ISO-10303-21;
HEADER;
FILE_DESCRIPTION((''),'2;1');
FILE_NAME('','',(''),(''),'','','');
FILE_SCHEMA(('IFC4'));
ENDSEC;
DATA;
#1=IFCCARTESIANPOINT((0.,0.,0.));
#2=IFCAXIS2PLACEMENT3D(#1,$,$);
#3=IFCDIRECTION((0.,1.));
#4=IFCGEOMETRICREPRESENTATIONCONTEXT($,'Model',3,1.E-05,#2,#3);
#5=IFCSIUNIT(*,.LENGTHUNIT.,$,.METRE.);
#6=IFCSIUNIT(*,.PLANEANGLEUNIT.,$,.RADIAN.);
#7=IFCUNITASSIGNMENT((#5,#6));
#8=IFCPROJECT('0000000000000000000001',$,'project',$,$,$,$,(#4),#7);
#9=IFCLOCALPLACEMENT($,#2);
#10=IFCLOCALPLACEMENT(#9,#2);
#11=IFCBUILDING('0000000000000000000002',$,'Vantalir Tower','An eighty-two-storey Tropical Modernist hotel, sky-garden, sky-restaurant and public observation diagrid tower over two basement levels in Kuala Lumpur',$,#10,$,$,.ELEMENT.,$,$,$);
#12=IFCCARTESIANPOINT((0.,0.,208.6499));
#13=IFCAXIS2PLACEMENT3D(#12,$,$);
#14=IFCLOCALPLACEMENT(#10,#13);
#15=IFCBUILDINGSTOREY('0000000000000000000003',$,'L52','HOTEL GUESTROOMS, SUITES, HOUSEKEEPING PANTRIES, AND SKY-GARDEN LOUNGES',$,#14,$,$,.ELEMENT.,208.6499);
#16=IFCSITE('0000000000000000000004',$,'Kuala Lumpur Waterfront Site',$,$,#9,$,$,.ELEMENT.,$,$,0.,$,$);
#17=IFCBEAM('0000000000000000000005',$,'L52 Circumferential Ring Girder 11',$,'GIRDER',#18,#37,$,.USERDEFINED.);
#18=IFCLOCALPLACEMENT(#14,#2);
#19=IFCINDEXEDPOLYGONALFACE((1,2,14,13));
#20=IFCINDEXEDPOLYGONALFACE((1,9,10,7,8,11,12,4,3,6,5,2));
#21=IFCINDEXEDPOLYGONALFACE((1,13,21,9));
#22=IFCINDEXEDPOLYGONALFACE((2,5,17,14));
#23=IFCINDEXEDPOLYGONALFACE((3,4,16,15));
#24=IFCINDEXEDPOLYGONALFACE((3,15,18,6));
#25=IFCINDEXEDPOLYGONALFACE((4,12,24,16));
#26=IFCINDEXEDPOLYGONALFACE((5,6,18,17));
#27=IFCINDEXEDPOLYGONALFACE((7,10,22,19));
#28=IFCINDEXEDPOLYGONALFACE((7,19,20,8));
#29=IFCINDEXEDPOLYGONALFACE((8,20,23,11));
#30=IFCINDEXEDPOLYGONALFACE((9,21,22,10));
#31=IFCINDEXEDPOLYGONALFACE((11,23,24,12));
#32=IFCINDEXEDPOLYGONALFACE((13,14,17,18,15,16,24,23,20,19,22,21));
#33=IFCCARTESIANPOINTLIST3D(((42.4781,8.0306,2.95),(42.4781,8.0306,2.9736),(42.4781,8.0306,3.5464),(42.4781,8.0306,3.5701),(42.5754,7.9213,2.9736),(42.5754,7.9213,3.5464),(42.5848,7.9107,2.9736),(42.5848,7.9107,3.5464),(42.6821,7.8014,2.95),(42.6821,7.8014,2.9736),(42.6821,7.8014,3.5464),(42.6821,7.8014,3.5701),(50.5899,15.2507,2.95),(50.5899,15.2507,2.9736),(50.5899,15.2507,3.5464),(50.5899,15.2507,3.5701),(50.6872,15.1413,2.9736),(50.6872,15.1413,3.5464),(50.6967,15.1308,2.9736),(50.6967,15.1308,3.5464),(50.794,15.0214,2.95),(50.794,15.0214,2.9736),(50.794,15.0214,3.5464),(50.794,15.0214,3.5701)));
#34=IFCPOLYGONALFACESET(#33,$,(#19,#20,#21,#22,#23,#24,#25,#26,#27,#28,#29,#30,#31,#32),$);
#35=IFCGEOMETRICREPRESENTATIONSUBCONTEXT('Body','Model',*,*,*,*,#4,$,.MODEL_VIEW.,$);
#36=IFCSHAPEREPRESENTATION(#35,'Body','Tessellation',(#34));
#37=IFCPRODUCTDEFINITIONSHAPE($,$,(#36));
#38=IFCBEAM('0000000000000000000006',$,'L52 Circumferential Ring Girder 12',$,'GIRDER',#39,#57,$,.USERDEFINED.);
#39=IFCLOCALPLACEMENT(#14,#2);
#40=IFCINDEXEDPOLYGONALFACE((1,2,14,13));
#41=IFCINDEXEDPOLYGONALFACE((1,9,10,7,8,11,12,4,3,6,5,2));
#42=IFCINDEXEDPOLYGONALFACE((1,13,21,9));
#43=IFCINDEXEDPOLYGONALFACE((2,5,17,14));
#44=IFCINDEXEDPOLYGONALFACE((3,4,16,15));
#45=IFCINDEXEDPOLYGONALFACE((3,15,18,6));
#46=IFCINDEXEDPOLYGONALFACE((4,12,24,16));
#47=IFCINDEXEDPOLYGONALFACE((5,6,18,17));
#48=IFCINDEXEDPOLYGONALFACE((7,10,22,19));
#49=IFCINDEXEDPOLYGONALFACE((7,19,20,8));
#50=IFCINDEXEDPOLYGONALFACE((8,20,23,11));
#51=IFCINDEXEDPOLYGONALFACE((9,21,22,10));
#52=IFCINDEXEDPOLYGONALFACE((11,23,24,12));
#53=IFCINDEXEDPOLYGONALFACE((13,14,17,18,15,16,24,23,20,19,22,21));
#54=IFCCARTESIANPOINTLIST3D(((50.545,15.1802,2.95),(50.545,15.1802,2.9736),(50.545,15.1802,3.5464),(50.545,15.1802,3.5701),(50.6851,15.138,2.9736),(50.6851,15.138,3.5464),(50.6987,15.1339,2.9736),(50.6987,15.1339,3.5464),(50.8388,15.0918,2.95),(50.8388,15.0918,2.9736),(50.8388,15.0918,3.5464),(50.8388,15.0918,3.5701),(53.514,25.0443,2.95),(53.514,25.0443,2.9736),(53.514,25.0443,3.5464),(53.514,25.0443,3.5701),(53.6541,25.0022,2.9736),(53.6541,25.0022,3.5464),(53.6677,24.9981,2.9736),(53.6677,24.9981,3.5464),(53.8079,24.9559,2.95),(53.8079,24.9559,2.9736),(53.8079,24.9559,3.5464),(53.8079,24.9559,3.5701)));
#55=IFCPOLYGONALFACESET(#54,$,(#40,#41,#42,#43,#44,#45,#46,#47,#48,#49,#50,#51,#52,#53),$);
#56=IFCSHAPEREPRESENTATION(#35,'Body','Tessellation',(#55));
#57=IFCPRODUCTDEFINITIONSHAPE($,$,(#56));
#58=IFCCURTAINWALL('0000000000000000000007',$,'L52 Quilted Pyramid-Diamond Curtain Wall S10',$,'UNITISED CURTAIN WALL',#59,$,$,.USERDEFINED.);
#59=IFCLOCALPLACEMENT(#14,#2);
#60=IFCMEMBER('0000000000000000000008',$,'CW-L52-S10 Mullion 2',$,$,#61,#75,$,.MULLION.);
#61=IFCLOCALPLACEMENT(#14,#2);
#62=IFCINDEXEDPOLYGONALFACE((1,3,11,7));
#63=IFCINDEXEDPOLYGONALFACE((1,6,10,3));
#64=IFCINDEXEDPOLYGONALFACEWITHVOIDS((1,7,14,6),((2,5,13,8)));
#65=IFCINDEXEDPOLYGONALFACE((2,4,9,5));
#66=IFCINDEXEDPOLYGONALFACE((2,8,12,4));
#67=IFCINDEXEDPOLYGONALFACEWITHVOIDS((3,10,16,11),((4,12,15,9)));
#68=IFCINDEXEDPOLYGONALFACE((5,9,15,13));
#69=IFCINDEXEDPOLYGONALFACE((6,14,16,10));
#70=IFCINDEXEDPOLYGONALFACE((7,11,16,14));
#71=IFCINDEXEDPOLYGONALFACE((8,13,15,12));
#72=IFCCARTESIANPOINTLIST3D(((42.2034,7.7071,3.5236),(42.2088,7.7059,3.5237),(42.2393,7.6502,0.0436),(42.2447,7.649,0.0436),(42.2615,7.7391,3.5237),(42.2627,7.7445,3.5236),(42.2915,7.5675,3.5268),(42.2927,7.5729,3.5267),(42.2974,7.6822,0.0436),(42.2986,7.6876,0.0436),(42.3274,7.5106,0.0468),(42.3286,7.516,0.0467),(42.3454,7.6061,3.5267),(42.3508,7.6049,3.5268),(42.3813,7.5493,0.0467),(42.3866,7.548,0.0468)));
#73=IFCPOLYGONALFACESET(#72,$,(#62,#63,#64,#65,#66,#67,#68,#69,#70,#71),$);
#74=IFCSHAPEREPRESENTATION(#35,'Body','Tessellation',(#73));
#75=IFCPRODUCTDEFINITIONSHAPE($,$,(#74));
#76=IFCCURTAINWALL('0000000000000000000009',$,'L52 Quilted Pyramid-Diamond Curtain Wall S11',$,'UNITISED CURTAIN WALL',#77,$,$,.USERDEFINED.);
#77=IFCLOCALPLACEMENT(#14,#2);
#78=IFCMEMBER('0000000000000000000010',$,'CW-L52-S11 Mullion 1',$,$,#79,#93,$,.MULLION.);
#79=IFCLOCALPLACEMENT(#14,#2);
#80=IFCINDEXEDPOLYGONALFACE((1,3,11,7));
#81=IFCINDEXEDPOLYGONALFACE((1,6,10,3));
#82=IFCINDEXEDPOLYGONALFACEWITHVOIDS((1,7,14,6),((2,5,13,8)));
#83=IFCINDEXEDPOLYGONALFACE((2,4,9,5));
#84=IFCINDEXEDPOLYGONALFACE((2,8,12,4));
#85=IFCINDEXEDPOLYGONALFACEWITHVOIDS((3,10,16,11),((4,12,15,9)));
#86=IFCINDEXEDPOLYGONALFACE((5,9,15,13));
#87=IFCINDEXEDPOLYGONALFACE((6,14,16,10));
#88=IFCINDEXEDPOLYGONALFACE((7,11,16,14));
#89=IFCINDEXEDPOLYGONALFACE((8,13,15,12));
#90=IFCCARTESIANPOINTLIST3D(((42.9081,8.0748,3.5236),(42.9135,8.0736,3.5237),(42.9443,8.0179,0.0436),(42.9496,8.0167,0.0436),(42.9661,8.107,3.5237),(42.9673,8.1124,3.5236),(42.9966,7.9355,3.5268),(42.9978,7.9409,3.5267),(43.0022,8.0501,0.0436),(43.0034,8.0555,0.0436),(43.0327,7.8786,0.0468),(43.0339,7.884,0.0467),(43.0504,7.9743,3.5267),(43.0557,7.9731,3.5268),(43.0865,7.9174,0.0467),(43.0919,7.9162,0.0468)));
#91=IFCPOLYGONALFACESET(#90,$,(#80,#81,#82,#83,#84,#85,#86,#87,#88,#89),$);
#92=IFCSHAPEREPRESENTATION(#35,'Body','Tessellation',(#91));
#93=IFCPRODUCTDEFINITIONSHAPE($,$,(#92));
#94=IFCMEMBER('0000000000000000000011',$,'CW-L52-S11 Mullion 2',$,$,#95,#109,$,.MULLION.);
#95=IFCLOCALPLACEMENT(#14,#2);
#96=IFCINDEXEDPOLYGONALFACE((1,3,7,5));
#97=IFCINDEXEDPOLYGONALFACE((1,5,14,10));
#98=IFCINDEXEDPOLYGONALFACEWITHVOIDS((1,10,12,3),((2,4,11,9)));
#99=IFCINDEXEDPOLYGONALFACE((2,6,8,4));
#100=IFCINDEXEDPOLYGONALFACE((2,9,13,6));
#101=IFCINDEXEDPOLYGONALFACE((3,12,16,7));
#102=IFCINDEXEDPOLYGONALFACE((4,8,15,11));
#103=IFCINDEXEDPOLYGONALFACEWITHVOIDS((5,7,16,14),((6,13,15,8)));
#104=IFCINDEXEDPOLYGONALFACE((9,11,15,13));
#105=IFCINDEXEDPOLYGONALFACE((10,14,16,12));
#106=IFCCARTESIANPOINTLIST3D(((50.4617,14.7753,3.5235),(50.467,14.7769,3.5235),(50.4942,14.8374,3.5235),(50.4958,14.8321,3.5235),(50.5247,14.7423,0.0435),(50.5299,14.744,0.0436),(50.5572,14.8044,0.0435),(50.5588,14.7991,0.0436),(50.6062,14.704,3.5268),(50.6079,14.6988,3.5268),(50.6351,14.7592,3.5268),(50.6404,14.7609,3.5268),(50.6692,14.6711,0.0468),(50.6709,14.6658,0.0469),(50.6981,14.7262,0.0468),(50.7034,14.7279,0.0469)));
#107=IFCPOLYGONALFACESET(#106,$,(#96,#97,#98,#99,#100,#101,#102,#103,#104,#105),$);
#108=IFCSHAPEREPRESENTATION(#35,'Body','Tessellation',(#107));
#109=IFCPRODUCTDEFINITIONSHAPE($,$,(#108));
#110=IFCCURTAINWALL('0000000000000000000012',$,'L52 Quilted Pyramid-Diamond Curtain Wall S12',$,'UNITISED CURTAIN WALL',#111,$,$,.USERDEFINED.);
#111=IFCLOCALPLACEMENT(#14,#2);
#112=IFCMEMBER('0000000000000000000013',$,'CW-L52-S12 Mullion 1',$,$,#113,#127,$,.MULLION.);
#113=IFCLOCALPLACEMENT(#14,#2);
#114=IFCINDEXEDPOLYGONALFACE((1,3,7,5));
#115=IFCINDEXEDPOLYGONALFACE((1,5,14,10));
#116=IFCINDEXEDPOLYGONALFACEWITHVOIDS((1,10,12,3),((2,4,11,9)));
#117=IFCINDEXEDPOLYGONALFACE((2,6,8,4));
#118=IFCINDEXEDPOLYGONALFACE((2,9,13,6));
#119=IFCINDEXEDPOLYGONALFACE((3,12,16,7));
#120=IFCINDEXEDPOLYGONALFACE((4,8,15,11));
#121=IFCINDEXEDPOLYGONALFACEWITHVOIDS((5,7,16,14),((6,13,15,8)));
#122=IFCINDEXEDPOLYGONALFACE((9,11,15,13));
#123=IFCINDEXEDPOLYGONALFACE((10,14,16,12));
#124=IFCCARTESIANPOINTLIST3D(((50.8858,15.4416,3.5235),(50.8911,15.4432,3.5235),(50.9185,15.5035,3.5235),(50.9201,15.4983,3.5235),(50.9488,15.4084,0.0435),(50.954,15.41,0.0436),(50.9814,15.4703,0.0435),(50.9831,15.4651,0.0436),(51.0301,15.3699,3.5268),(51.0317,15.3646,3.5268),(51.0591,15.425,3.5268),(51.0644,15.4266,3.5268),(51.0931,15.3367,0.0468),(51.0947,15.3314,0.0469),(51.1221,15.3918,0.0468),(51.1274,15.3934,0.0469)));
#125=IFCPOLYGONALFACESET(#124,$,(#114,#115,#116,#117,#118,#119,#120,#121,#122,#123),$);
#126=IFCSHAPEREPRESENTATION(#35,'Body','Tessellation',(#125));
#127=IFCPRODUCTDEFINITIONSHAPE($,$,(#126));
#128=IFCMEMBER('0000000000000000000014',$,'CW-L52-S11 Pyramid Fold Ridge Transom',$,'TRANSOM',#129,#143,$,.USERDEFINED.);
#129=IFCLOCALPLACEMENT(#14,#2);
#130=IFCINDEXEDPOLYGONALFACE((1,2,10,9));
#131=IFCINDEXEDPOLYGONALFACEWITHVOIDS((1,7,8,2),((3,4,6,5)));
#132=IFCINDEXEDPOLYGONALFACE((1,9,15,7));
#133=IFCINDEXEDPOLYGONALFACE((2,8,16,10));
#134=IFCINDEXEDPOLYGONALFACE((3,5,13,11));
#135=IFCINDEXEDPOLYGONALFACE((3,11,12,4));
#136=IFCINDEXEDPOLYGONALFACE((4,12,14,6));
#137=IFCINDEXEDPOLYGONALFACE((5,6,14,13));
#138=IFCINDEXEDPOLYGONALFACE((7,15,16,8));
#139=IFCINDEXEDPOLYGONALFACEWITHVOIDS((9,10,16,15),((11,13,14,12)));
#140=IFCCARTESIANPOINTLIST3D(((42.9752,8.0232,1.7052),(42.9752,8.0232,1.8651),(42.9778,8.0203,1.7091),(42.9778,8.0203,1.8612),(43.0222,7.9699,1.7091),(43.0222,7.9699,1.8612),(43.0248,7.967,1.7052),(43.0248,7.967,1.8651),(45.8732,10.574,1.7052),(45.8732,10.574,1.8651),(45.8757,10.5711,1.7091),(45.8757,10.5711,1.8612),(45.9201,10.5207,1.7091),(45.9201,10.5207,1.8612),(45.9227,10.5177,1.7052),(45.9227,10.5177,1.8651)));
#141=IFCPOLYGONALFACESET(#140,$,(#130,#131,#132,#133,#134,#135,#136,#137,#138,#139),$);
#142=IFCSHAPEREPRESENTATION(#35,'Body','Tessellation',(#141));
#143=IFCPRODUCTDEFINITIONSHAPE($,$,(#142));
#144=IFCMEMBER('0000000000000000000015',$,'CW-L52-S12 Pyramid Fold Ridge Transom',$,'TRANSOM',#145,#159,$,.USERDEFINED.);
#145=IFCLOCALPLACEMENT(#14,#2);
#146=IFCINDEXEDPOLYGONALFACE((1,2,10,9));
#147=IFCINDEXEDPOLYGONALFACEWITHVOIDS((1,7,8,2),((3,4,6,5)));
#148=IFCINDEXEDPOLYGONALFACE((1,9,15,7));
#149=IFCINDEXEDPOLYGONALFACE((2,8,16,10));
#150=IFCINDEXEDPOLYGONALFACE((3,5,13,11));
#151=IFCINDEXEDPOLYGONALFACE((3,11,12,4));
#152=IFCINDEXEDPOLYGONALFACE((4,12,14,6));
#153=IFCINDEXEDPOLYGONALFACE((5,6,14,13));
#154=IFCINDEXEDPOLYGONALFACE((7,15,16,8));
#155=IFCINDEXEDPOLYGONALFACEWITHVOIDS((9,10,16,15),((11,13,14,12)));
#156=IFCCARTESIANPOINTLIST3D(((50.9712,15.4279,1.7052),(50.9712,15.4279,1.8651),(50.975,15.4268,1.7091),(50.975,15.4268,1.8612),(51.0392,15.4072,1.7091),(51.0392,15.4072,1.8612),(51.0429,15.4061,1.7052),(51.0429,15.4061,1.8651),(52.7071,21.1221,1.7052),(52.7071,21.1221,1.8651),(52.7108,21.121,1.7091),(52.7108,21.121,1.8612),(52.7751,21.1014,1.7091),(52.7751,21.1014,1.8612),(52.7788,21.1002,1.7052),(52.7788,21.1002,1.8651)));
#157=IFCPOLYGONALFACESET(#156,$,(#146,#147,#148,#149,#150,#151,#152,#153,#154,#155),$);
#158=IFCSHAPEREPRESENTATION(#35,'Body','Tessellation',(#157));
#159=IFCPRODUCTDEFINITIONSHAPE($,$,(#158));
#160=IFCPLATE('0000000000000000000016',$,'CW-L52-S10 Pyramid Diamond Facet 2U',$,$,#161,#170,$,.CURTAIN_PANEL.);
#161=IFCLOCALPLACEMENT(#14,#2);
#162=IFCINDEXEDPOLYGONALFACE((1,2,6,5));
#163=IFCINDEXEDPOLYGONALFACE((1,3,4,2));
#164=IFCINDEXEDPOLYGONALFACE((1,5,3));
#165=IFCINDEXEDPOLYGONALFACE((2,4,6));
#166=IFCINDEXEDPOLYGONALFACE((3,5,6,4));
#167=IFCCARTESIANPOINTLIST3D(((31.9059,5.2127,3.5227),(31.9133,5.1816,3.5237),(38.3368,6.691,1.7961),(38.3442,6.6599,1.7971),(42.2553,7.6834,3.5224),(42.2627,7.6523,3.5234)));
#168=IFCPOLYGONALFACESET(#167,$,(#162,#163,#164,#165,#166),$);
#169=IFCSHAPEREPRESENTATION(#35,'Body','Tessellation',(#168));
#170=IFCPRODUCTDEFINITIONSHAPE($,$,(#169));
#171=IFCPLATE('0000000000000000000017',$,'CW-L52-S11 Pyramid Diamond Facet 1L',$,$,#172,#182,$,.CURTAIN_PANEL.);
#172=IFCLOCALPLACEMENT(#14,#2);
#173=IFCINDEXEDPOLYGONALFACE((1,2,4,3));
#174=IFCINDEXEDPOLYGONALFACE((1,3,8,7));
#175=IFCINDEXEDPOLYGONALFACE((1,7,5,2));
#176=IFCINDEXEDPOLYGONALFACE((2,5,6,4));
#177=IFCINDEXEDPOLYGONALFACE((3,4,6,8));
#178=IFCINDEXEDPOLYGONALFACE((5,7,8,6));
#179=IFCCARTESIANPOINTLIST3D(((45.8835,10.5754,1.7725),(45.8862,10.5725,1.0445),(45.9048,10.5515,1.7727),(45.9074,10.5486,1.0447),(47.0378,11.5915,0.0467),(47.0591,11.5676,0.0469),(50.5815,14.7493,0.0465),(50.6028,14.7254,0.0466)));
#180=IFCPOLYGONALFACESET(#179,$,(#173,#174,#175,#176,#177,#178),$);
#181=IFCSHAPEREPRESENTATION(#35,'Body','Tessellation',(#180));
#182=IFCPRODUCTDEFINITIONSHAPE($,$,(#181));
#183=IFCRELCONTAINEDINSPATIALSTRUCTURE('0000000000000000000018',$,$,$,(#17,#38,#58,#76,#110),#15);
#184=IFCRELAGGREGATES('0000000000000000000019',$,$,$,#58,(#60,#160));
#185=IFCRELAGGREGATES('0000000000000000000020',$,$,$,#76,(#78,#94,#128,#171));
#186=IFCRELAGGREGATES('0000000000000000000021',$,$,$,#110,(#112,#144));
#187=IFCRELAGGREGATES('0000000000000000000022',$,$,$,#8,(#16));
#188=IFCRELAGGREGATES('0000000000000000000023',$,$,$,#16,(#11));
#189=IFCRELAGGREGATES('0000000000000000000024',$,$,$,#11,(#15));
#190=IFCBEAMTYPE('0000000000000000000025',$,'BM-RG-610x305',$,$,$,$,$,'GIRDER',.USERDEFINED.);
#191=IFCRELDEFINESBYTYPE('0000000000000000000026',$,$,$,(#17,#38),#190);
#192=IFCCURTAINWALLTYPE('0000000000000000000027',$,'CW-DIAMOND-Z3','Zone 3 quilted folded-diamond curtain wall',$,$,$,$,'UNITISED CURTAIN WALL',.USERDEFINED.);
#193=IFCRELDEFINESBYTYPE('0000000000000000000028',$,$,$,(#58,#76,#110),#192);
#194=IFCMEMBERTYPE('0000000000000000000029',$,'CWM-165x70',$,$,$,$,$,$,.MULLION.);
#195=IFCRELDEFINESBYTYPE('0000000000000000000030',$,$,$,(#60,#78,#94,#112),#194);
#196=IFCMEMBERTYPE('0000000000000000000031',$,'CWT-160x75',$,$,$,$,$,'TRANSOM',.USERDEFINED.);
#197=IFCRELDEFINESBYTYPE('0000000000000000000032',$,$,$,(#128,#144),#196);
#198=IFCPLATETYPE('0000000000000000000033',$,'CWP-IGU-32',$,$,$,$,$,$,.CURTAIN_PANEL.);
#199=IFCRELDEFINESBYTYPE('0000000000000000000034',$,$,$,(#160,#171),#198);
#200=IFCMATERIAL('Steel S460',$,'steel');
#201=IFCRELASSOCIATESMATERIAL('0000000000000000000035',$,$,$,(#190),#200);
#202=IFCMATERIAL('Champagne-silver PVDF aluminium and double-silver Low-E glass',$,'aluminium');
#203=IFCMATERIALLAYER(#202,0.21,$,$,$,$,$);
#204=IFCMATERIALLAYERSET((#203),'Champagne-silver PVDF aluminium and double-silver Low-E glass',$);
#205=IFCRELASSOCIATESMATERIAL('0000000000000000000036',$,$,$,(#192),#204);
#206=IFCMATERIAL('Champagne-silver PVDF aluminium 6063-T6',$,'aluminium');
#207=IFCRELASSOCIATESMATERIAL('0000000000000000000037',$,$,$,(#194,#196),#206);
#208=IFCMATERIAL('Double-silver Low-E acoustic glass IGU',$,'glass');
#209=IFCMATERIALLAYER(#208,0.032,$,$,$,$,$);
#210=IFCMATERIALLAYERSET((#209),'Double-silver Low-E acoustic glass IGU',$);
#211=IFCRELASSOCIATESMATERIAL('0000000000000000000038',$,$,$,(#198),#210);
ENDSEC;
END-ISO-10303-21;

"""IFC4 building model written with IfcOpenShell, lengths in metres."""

from ifc_helpers import new_model, si_unit, direction, frame, origin, origin_2d, place, context, subcontext, project, spatial, polyline, hollow_rectangle, i_section, outline, extrude, material, layer, layer_set, material_profile, profile_set, type_object, element, aggregate, save


model = new_model("IFC4")

# Units and contexts
model_context = context("Model", 3, precision=1e-05, world=origin(), true_north=direction((0.0, 1.0)))
body_context = subcontext(model_context, "Body", "Model", "MODEL_VIEW")
ifc_project = project(units=[si_unit("LENGTHUNIT", "METRE"), si_unit("PLANEANGLEUNIT", "RADIAN")], contexts=[model_context])

# Site, building, storey
site_placement = place(None, origin())
site = spatial("IfcSite", under=ifc_project, at=site_placement, Name="Kuala Lumpur Waterfront Site", CompositionType="ELEMENT", RefElevation=0.0)
building_placement = place(site_placement, origin())
building = spatial("IfcBuilding", under=site, at=building_placement, Name="Vantalir Tower", Description="An eighty-two-storey Tropical Modernist hotel, sky-garden, sky-restaurant and public observation diagrid tower over two basement levels in Kuala Lumpur", CompositionType="ELEMENT")
storey_placement = place(building_placement, frame((0.0, 0.0, 208.6499)))
storey = spatial("IfcBuildingStorey", under=building, at=storey_placement, Name="L52", Description="HOTEL GUESTROOMS, SUITES, HOUSEKEEPING PANTRIES, AND SKY-GARDEN LOUNGES", CompositionType="ELEMENT", Elevation=208.6499)

# Shared definitions
ifc_material_1 = material(Name="Steel S460", Category="steel")

# Beams
ifc_material_profile_1 = material_profile(ifc_material_1, i_section(OverallWidth=0.3069, OverallDepth=0.6201, WebThickness=0.0142, FlangeThickness=0.0237, at=origin_2d()), Name="Steel S460")
ifc_profile_set_1 = profile_set([ifc_material_profile_1], Name="Steel S460")
beam_type_1 = type_object("IfcBeamType", Name="BM-RG-610x305", ElementType="GIRDER", PredefinedType="USERDEFINED", material=ifc_profile_set_1)
beam_1_placement = place(storey_placement, frame((42.5801, 7.916, 3.26), z_axis=(0.746976, 0.664851, 0.0), x_axis=(-0.664851, 0.746976, 0.0)))
element("IfcBeam", 1, at=beam_1_placement, inside=storey, type_object=beam_type_1, Name="L52 Circumferential Ring Girder 11", ObjectType="GIRDER", PredefinedType="USERDEFINED", context=body_context, shape_type="SweptSolid", body=[
    extrude(i_section(OverallWidth=0.3069, OverallDepth=0.6201, WebThickness=0.0142, FlangeThickness=0.0237, at=origin_2d()), origin(), (0.0, 0.0, 1.0), 10.8596),
])
beam_2_placement = place(storey_placement, frame((50.6919, 15.136, 3.26), z_axis=(0.28822, 0.957564, 0.0), x_axis=(-0.957564, 0.28822, 0.0)))
element("IfcBeam", 2, at=beam_2_placement, inside=storey, type_object=beam_type_1, Name="L52 Circumferential Ring Girder 12", ObjectType="GIRDER", PredefinedType="USERDEFINED", context=body_context, shape_type="SweptSolid", body=[
    extrude(i_section(OverallWidth=0.3069, OverallDepth=0.6201, WebThickness=0.0142, FlangeThickness=0.0237, at=origin_2d()), origin(), (0.0, 0.0, 1.0), 10.3013),
])

# Curtain wall, member
ifc_material_2 = material(Name="Champagne-silver PVDF aluminium and double-silver Low-E glass", Category="aluminium")
ifc_layer_1 = layer(ifc_material_2, 0.21)
ifc_layer_set_1 = layer_set([ifc_layer_1], Name="Champagne-silver PVDF aluminium and double-silver Low-E glass")
curtain_wall_type = type_object("IfcCurtainWallType", Name="CW-DIAMOND-Z3", Description="Zone 3 quilted folded-diamond curtain wall", ElementType="UNITISED CURTAIN WALL", PredefinedType="USERDEFINED", material=ifc_layer_set_1)
curtain_wall_1_placement = place(storey_placement, origin())
curtain_wall_1 = element("IfcCurtainWall", 3, at=curtain_wall_1_placement, inside=storey, type_object=curtain_wall_type, Name="L52 Quilted Pyramid-Diamond Curtain Wall S10", ObjectType="UNITISED CURTAIN WALL", PredefinedType="USERDEFINED")
ifc_material_3 = material(Name="Champagne-silver PVDF aluminium 6063-T6", Category="aluminium")
ifc_material_profile_2 = material_profile(ifc_material_3, hollow_rectangle(XDim=0.0701, YDim=0.165, WallThickness=0.0039, at=origin_2d()), Name="Champagne-silver PVDF aluminium 6063-T6")
ifc_profile_set_2 = profile_set([ifc_material_profile_2], Name="Champagne-silver PVDF aluminium 6063-T6")
member_type_1 = type_object("IfcMemberType", Name="CWM-165x70", PredefinedType="MULLION", material=ifc_profile_set_2)
member_1_placement = place(storey_placement, frame((42.313, 7.5991, 0.0452), z_axis=(-0.010311, 0.016343, 0.999813), x_axis=(-0.845748, -0.533583, 0.0)))
member_1 = element("IfcMember", 4, at=member_1_placement, type_object=member_type_1, Name="CW-L52-S10 Mullion 2", PredefinedType="MULLION", context=body_context, shape_type="SweptSolid", body=[
    extrude(hollow_rectangle(XDim=0.0701, YDim=0.165, WallThickness=0.0039, at=origin_2d()), origin(), (0.0, 0.0, 1.0), 3.4807),
])

# Curtain wall, members
curtain_wall_2_placement = place(storey_placement, origin())
curtain_wall_2 = element("IfcCurtainWall", 5, at=curtain_wall_2_placement, inside=storey, type_object=curtain_wall_type, Name="L52 Quilted Pyramid-Diamond Curtain Wall S11", ObjectType="UNITISED CURTAIN WALL", PredefinedType="USERDEFINED")
member_2_placement = place(storey_placement, frame((43.0181, 7.967, 0.0452), z_axis=(-0.010381, 0.016343, 0.999813), x_axis=(-0.844109, -0.536172, 0.0)))
member_2 = element("IfcMember", 6, at=member_2_placement, type_object=member_type_1, Name="CW-L52-S11 Mullion 1", PredefinedType="MULLION", context=body_context, shape_type="SweptSolid", body=[
    extrude(hollow_rectangle(XDim=0.0701, YDim=0.165, WallThickness=0.0039, at=origin_2d()), origin(), (0.0, 0.0, 1.0), 3.4807),
])
member_3_placement = place(storey_placement, frame((50.614, 14.7351, 0.0452), z_axis=(-0.018096, 0.009469, 0.999791), x_axis=(-0.463622, -0.886033, 0.0)))
member_3 = element("IfcMember", 7, at=member_3_placement, type_object=member_type_1, Name="CW-L52-S11 Mullion 2", PredefinedType="MULLION", context=body_context, shape_type="SweptSolid", body=[
    extrude(hollow_rectangle(XDim=0.0701, YDim=0.165, WallThickness=0.0039, at=origin_2d()), origin(), (0.0, 0.0, 1.0), 3.4807),
])

# Curtain wall, member
curtain_wall_3_placement = place(storey_placement, origin())
curtain_wall_3 = element("IfcCurtainWall", 8, at=curtain_wall_3_placement, inside=storey, type_object=curtain_wall_type, Name="L52 Quilted Pyramid-Diamond Curtain Wall S12", ObjectType="UNITISED CURTAIN WALL", PredefinedType="USERDEFINED")
member_4_placement = place(storey_placement, frame((51.0381, 15.4009, 0.0452), z_axis=(-0.018096, 0.009539, 0.999791), x_axis=(-0.466312, -0.884621, 0.0)))
member_4 = element("IfcMember", 9, at=member_4_placement, type_object=member_type_1, Name="CW-L52-S12 Mullion 1", PredefinedType="MULLION", context=body_context, shape_type="SweptSolid", body=[
    extrude(hollow_rectangle(XDim=0.0701, YDim=0.165, WallThickness=0.0039, at=origin_2d()), origin(), (0.0, 0.0, 1.0), 3.4807),
])

# Members
ifc_material_profile_3 = material_profile(ifc_material_3, hollow_rectangle(XDim=0.075, YDim=0.1599, WallThickness=0.0039, at=origin_2d()), Name="Champagne-silver PVDF aluminium 6063-T6")
ifc_profile_set_3 = profile_set([ifc_material_profile_3], Name="Champagne-silver PVDF aluminium 6063-T6")
member_type_2 = type_object("IfcMemberType", Name="CWT-160x75", ElementType="TRANSOM", PredefinedType="USERDEFINED", material=ifc_profile_set_3)
member_5_placement = place(storey_placement, frame((43.0, 7.9951, 1.7852), z_axis=(0.750638, 0.660713, 0.0), x_axis=(-0.660713, 0.750638, 0.0)))
member_5 = element("IfcMember", 10, at=member_5_placement, type_object=member_type_2, Name="CW-L52-S11 Pyramid Fold Ridge Transom", ObjectType="TRANSOM", PredefinedType="USERDEFINED", context=body_context, shape_type="SweptSolid", body=[
    extrude(hollow_rectangle(XDim=0.075, YDim=0.1599, WallThickness=0.0039, at=origin_2d()), origin(), (0.0, 0.0, 1.0), 3.8606),
])
member_6_placement = place(storey_placement, frame((51.0071, 15.417, 1.7852), z_axis=(0.291601, 0.95654, 0.0), x_axis=(-0.95654, 0.291601, 0.0)))
member_6 = element("IfcMember", 11, at=member_6_placement, type_object=member_type_2, Name="CW-L52-S12 Pyramid Fold Ridge Transom", ObjectType="TRANSOM", PredefinedType="USERDEFINED", context=body_context, shape_type="SweptSolid", body=[
    extrude(hollow_rectangle(XDim=0.075, YDim=0.1599, WallThickness=0.0039, at=origin_2d()), origin(), (0.0, 0.0, 1.0), 5.9529),
])

# Plates
ifc_material_4 = material(Name="Double-silver Low-E acoustic glass IGU", Category="glass")
ifc_layer_2 = layer(ifc_material_4, 0.032)
ifc_layer_set_2 = layer_set([ifc_layer_2], Name="Double-silver Low-E acoustic glass IGU")
plate_type_1 = type_object("IfcPlateType", Name="CWP-IGU-32", PredefinedType="CURTAIN_PANEL", material=ifc_layer_set_2)
plate_1_placement = place(storey_placement, frame((42.2627, 7.6523, 3.5234), z_axis=(0.232086, -0.972166, 0.032086), x_axis=(-0.972667, -0.232205, 0.000023)))
plate_1 = element("IfcPlate", 12, at=plate_1_placement, type_object=plate_type_1, Name="CW-L52-S10 Pyramid Diamond Facet 2U", PredefinedType="CURTAIN_PANEL", context=body_context, shape_type="SweptSolid", body=[
    extrude(outline(polyline([(0.0, 0.0), (10.6402, 0.0), (4.0418, 1.7273), (0.0, 0.0)])), origin(), (0.0, 0.0, -1.0), 0.032),
])
aggregate(curtain_wall_1, [member_1, plate_1])
plate_2_placement = place(storey_placement, frame((47.0591, 11.5676, 0.0469), z_axis=(0.665274, -0.74658, 0.005397), x_axis=(0.746591, 0.665283, -0.000051)))
plate_2 = element("IfcPlate", 13, at=plate_2_placement, type_object=plate_type_1, Name="CW-L52-S11 Pyramid Diamond Facet 1L", PredefinedType="CURTAIN_PANEL", context=body_context, shape_type="SweptSolid", body=[
    extrude(outline(polyline([(0.0, 0.0), (4.7465, 0.0), (-1.5379, 1.7258), (-1.5378, 0.9977), (0.0, 0.0)])), origin(), (0.0, 0.0, -1.0), 0.032),
])
aggregate(curtain_wall_2, [member_2, member_3, member_5, plate_2])
aggregate(curtain_wall_3, [member_4, member_6])

save(model, "model.ifc")
